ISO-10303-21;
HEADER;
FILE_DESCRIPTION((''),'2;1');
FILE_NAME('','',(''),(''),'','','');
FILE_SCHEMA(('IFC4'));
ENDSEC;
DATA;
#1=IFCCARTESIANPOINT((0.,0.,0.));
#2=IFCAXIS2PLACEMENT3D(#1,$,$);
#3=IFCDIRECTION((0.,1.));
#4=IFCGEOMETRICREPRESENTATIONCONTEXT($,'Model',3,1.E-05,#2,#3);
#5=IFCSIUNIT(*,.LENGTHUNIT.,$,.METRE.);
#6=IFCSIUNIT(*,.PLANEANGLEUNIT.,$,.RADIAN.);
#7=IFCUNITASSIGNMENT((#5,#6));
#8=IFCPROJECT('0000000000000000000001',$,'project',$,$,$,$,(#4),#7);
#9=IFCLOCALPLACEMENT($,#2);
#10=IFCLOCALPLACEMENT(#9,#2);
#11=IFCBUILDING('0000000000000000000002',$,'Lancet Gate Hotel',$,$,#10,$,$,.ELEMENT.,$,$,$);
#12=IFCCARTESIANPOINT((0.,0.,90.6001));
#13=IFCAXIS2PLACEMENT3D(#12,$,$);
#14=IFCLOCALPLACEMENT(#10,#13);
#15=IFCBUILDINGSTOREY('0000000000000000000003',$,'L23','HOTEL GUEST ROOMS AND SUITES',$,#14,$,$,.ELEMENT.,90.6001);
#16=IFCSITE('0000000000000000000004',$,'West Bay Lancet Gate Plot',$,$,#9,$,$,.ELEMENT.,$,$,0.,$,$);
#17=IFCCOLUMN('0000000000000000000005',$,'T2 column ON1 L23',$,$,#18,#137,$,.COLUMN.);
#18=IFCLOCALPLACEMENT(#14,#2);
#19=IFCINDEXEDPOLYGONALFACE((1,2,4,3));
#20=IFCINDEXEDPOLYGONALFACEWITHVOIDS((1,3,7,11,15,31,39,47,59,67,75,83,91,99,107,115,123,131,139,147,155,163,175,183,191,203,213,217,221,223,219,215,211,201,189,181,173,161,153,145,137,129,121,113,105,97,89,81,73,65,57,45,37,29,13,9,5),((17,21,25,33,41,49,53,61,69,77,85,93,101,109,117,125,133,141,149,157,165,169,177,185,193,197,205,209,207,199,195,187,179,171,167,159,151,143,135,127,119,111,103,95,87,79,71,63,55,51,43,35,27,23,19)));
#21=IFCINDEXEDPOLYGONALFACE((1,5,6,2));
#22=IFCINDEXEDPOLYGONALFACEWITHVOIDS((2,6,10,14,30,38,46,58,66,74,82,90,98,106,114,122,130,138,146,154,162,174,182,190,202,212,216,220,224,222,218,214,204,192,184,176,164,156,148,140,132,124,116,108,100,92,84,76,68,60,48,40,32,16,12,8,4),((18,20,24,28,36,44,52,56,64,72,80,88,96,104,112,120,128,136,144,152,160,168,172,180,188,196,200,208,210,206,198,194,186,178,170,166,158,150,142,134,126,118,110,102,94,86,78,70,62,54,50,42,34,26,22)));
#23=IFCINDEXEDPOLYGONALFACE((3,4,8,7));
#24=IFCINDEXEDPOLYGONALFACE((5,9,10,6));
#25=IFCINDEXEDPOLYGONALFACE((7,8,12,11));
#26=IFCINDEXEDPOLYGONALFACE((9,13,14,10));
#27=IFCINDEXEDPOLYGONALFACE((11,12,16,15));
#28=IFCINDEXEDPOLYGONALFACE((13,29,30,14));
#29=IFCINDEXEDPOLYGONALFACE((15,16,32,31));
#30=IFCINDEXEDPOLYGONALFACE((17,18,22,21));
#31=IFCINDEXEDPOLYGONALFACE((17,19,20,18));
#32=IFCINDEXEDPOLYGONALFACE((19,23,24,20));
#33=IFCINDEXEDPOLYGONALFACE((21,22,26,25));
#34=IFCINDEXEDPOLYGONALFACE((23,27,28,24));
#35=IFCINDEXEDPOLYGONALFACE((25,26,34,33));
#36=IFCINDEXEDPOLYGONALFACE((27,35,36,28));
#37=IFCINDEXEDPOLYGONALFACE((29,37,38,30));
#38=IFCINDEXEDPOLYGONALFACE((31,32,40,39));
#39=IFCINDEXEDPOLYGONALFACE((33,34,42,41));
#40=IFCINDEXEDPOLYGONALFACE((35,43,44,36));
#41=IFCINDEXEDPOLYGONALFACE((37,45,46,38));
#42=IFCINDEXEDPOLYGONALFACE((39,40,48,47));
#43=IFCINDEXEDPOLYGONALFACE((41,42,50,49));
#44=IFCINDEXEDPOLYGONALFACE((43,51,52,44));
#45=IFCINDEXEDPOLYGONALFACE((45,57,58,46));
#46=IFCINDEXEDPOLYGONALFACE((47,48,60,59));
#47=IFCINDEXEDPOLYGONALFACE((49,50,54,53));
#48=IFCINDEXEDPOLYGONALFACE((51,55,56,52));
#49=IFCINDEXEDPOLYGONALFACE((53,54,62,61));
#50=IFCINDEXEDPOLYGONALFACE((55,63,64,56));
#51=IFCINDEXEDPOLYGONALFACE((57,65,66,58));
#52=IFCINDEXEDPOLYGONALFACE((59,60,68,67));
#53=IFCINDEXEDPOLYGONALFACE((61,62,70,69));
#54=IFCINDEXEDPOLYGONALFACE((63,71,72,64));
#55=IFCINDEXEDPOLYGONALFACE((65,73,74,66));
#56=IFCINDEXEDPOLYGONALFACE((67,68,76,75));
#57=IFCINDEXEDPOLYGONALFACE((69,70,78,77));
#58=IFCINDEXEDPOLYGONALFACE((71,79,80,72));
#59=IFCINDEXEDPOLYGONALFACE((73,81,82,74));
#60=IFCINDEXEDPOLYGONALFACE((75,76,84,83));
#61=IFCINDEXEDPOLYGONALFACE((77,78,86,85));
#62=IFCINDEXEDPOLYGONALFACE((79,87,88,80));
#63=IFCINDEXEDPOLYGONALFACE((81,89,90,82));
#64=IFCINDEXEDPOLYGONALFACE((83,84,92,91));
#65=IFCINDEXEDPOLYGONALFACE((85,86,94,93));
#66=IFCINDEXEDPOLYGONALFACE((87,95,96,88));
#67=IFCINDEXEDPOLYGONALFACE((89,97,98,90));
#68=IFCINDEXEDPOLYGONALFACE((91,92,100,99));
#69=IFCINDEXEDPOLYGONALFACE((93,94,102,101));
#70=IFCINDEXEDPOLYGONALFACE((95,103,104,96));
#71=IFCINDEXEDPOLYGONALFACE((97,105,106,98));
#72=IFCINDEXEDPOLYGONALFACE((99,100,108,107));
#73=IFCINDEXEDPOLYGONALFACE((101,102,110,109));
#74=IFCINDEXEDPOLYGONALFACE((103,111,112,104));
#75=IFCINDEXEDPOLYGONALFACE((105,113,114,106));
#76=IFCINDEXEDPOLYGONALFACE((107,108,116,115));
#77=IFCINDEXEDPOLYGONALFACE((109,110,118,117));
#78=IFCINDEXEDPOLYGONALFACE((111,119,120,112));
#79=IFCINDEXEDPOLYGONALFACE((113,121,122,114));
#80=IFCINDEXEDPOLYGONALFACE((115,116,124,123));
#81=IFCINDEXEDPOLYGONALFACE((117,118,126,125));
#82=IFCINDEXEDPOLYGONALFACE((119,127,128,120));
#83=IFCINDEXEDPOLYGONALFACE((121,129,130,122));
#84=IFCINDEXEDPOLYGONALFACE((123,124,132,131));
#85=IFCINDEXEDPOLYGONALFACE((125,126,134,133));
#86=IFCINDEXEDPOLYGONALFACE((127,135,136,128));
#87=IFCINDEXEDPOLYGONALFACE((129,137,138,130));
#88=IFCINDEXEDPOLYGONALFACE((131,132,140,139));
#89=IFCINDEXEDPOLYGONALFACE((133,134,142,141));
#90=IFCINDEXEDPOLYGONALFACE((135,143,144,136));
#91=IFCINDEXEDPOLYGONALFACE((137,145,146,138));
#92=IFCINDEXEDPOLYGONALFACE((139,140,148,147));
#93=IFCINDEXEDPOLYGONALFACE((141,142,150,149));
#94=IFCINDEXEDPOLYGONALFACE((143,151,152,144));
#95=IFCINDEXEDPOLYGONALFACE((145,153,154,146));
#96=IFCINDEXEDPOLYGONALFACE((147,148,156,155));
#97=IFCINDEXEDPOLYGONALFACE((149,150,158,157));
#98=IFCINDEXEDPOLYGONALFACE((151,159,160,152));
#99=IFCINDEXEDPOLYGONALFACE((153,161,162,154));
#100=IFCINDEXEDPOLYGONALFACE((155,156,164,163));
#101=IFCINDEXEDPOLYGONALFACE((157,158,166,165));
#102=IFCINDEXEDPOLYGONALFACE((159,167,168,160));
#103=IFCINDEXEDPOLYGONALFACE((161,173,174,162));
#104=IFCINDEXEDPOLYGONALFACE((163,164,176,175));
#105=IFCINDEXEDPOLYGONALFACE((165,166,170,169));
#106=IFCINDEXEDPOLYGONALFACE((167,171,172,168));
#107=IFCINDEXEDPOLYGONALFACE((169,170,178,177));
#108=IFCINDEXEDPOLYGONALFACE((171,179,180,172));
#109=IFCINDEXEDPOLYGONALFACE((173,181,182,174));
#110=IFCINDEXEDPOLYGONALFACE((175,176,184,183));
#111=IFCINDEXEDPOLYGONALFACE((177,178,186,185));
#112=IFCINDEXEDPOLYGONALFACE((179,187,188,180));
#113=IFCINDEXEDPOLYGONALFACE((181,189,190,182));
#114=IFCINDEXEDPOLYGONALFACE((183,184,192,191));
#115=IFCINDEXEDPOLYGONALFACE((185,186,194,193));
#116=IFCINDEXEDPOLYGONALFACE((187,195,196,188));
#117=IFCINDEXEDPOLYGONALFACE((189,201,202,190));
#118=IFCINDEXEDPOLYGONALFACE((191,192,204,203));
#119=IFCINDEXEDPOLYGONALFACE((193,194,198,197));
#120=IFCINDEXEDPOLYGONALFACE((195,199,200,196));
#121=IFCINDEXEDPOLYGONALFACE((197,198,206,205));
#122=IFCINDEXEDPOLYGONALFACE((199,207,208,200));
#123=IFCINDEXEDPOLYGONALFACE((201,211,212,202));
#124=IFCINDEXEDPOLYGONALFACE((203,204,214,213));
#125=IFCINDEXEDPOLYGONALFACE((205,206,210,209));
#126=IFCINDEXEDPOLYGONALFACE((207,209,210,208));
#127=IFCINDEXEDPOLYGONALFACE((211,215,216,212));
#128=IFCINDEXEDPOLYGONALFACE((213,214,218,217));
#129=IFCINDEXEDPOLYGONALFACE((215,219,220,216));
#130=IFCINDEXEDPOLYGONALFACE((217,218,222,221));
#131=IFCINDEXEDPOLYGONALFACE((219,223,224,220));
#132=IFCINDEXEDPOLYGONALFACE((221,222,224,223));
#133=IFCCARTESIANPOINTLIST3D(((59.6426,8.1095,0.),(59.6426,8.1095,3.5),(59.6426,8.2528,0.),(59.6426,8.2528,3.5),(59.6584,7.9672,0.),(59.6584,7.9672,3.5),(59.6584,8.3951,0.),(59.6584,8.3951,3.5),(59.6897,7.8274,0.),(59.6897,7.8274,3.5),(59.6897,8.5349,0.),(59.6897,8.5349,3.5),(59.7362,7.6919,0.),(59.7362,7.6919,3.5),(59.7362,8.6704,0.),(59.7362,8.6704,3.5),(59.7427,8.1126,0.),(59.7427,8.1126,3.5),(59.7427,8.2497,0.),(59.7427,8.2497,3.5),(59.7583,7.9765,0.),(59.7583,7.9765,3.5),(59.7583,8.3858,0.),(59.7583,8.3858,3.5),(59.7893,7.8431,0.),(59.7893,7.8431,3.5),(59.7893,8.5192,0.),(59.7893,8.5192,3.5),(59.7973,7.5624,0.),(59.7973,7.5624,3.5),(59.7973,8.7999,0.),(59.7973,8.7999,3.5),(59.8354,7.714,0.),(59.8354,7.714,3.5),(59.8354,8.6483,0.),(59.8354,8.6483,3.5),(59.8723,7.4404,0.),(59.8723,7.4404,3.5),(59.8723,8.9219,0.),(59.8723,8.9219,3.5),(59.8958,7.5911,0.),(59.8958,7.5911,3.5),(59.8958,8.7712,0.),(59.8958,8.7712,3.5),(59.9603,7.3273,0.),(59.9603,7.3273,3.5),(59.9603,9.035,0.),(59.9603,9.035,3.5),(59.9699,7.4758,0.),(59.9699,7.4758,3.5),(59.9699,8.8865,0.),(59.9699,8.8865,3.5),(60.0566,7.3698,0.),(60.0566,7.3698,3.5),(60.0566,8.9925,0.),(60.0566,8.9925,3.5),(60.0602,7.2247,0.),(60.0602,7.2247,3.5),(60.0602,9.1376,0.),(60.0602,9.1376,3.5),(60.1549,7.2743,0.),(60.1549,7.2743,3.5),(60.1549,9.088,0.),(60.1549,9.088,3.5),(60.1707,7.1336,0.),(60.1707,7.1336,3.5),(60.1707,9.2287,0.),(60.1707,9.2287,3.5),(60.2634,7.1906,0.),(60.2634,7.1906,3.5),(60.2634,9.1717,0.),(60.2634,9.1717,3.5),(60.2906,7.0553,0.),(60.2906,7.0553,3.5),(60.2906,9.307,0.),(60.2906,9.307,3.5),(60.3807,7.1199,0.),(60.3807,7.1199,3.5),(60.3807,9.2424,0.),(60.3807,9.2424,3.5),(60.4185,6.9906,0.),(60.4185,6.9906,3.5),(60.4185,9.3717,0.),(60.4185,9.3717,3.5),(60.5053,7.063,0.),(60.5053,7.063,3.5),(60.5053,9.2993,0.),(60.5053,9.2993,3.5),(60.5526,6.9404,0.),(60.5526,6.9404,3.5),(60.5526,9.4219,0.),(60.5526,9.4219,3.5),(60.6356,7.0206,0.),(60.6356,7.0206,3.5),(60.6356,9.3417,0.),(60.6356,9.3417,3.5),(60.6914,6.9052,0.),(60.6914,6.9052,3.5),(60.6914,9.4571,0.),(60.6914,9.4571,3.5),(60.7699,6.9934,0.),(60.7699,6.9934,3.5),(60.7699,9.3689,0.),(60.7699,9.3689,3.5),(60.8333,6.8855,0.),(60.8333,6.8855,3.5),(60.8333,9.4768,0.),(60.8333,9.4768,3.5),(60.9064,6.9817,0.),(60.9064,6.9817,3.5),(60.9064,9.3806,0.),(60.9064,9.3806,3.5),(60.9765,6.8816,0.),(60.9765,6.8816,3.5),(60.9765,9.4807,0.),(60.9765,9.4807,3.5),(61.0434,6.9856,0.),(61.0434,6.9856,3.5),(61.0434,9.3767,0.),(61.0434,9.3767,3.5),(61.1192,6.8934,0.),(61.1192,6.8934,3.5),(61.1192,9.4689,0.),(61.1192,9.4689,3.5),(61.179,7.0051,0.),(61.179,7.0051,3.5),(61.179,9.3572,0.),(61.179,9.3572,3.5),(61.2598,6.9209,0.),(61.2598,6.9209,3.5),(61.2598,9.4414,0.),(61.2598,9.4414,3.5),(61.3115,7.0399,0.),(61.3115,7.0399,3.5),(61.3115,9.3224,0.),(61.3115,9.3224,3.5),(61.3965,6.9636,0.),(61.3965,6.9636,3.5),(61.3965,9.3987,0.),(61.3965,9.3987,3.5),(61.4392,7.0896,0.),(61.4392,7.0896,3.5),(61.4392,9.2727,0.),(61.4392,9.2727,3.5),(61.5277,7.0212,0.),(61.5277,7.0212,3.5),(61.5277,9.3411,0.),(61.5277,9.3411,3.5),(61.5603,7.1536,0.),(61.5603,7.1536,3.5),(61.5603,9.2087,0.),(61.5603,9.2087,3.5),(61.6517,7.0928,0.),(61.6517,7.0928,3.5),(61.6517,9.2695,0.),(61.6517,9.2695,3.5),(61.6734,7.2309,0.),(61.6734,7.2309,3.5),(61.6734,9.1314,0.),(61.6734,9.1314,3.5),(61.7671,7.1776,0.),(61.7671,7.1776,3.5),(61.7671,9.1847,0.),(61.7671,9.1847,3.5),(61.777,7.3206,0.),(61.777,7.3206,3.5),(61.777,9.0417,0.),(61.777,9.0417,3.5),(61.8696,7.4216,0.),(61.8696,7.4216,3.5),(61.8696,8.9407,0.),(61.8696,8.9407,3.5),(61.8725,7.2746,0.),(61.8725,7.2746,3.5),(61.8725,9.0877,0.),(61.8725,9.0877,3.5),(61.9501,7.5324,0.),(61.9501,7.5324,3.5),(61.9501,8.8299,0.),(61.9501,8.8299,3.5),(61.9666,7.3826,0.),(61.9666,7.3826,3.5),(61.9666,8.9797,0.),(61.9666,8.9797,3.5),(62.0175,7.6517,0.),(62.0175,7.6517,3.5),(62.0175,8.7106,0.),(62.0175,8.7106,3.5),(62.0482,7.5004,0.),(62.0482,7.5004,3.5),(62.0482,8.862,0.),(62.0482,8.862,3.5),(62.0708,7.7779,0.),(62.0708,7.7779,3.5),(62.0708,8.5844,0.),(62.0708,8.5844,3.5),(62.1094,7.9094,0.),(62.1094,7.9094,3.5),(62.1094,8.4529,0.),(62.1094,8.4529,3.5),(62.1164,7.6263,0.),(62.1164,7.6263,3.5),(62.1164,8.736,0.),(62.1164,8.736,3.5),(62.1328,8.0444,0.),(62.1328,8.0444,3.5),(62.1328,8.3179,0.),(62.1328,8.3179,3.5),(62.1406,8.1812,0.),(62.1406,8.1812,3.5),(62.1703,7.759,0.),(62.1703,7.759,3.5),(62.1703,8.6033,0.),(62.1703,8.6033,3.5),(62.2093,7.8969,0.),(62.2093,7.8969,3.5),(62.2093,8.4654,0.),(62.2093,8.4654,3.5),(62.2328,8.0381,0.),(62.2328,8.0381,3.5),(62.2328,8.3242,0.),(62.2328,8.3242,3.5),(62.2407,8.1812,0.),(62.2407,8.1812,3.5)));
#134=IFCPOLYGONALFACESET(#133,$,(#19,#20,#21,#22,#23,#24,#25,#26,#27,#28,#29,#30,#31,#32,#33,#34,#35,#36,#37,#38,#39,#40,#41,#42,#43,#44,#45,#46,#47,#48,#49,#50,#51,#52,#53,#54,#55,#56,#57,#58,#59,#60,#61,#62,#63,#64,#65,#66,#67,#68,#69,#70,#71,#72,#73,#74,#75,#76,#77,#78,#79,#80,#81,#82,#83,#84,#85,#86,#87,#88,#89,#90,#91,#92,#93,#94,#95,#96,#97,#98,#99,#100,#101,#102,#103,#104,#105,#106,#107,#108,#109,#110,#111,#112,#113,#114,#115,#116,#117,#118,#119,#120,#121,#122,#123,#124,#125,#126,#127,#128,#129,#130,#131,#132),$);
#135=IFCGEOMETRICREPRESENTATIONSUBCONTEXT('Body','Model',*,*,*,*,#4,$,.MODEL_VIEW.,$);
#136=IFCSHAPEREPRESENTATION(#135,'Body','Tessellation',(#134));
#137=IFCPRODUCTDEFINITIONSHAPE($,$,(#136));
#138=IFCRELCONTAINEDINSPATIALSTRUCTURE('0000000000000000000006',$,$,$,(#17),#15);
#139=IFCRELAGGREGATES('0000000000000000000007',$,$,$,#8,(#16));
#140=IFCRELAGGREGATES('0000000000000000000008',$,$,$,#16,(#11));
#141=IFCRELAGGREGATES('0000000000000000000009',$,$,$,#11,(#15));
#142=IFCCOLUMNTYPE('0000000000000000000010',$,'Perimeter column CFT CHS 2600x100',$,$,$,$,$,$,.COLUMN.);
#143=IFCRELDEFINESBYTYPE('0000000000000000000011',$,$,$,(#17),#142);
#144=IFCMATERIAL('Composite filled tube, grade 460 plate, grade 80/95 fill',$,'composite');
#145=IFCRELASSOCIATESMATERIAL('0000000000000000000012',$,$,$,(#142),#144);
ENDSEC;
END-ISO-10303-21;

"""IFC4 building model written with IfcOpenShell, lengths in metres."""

from ifc_helpers import new_model, si_unit, direction, frame, origin, origin_2d, place, context, subcontext, project, spatial, hollow_circle, extrude, material, material_profile, profile_set, type_object, element, save


model = new_model("IFC4")

# Units and contexts
model_context = context("Model", 3, precision=1e-05, world=origin(), true_north=direction((0.0, 1.0)))
body_context = subcontext(model_context, "Body", "Model", "MODEL_VIEW")
ifc_project = project(units=[si_unit("LENGTHUNIT", "METRE"), si_unit("PLANEANGLEUNIT", "RADIAN")], contexts=[model_context])

# Site, building, storey
site_placement = place(None, origin())
site = spatial("IfcSite", under=ifc_project, at=site_placement, Name="West Bay Lancet Gate Plot", CompositionType="ELEMENT", RefElevation=0.0)
building_placement = place(site_placement, origin())
building = spatial("IfcBuilding", under=site, at=building_placement, Name="Lancet Gate Hotel", CompositionType="ELEMENT")
storey_placement = place(building_placement, frame((0.0, 0.0, 90.6001)))
storey = spatial("IfcBuildingStorey", under=building, at=storey_placement, Name="L23", Description="HOTEL GUEST ROOMS AND SUITES", CompositionType="ELEMENT", Elevation=90.6001)

# Column
ifc_material_1 = material(Name="Composite filled tube, grade 460 plate, grade 80/95 fill", Category="composite")
ifc_material_profile_1 = material_profile(ifc_material_1, hollow_circle(Radius=1.3, WallThickness=0.1001, at=origin_2d()), Name="CHS 2600x100")
ifc_profile_set_1 = profile_set([ifc_material_profile_1], Name="Composite filled tube, grade 460 plate, grade 80/95 fill")
column_type_1 = type_object("IfcColumnType", Name="Perimeter column CFT CHS 2600x100", PredefinedType="COLUMN", material=ifc_profile_set_1)
for number, where, z_axis, x_axis, name in (
    (1, (60.9407, 8.1812, 0.0), (0.0, 0.0, 1.0), (1.0, 0.0, 0.0), "T2 column ON1 L23"),
):
    element("IfcColumn", number, at=place(storey_placement, frame(where, z_axis=z_axis, x_axis=x_axis)), inside=storey, type_object=column_type_1, Name=name, PredefinedType="COLUMN", context=body_context, shape_type="SweptSolid", body=[
        extrude(hollow_circle(Radius=1.3, WallThickness=0.1001, at=origin_2d()), origin(), (0.0, 0.0, 1.0), 3.5),
    ])

save(model, "model.ifc")
